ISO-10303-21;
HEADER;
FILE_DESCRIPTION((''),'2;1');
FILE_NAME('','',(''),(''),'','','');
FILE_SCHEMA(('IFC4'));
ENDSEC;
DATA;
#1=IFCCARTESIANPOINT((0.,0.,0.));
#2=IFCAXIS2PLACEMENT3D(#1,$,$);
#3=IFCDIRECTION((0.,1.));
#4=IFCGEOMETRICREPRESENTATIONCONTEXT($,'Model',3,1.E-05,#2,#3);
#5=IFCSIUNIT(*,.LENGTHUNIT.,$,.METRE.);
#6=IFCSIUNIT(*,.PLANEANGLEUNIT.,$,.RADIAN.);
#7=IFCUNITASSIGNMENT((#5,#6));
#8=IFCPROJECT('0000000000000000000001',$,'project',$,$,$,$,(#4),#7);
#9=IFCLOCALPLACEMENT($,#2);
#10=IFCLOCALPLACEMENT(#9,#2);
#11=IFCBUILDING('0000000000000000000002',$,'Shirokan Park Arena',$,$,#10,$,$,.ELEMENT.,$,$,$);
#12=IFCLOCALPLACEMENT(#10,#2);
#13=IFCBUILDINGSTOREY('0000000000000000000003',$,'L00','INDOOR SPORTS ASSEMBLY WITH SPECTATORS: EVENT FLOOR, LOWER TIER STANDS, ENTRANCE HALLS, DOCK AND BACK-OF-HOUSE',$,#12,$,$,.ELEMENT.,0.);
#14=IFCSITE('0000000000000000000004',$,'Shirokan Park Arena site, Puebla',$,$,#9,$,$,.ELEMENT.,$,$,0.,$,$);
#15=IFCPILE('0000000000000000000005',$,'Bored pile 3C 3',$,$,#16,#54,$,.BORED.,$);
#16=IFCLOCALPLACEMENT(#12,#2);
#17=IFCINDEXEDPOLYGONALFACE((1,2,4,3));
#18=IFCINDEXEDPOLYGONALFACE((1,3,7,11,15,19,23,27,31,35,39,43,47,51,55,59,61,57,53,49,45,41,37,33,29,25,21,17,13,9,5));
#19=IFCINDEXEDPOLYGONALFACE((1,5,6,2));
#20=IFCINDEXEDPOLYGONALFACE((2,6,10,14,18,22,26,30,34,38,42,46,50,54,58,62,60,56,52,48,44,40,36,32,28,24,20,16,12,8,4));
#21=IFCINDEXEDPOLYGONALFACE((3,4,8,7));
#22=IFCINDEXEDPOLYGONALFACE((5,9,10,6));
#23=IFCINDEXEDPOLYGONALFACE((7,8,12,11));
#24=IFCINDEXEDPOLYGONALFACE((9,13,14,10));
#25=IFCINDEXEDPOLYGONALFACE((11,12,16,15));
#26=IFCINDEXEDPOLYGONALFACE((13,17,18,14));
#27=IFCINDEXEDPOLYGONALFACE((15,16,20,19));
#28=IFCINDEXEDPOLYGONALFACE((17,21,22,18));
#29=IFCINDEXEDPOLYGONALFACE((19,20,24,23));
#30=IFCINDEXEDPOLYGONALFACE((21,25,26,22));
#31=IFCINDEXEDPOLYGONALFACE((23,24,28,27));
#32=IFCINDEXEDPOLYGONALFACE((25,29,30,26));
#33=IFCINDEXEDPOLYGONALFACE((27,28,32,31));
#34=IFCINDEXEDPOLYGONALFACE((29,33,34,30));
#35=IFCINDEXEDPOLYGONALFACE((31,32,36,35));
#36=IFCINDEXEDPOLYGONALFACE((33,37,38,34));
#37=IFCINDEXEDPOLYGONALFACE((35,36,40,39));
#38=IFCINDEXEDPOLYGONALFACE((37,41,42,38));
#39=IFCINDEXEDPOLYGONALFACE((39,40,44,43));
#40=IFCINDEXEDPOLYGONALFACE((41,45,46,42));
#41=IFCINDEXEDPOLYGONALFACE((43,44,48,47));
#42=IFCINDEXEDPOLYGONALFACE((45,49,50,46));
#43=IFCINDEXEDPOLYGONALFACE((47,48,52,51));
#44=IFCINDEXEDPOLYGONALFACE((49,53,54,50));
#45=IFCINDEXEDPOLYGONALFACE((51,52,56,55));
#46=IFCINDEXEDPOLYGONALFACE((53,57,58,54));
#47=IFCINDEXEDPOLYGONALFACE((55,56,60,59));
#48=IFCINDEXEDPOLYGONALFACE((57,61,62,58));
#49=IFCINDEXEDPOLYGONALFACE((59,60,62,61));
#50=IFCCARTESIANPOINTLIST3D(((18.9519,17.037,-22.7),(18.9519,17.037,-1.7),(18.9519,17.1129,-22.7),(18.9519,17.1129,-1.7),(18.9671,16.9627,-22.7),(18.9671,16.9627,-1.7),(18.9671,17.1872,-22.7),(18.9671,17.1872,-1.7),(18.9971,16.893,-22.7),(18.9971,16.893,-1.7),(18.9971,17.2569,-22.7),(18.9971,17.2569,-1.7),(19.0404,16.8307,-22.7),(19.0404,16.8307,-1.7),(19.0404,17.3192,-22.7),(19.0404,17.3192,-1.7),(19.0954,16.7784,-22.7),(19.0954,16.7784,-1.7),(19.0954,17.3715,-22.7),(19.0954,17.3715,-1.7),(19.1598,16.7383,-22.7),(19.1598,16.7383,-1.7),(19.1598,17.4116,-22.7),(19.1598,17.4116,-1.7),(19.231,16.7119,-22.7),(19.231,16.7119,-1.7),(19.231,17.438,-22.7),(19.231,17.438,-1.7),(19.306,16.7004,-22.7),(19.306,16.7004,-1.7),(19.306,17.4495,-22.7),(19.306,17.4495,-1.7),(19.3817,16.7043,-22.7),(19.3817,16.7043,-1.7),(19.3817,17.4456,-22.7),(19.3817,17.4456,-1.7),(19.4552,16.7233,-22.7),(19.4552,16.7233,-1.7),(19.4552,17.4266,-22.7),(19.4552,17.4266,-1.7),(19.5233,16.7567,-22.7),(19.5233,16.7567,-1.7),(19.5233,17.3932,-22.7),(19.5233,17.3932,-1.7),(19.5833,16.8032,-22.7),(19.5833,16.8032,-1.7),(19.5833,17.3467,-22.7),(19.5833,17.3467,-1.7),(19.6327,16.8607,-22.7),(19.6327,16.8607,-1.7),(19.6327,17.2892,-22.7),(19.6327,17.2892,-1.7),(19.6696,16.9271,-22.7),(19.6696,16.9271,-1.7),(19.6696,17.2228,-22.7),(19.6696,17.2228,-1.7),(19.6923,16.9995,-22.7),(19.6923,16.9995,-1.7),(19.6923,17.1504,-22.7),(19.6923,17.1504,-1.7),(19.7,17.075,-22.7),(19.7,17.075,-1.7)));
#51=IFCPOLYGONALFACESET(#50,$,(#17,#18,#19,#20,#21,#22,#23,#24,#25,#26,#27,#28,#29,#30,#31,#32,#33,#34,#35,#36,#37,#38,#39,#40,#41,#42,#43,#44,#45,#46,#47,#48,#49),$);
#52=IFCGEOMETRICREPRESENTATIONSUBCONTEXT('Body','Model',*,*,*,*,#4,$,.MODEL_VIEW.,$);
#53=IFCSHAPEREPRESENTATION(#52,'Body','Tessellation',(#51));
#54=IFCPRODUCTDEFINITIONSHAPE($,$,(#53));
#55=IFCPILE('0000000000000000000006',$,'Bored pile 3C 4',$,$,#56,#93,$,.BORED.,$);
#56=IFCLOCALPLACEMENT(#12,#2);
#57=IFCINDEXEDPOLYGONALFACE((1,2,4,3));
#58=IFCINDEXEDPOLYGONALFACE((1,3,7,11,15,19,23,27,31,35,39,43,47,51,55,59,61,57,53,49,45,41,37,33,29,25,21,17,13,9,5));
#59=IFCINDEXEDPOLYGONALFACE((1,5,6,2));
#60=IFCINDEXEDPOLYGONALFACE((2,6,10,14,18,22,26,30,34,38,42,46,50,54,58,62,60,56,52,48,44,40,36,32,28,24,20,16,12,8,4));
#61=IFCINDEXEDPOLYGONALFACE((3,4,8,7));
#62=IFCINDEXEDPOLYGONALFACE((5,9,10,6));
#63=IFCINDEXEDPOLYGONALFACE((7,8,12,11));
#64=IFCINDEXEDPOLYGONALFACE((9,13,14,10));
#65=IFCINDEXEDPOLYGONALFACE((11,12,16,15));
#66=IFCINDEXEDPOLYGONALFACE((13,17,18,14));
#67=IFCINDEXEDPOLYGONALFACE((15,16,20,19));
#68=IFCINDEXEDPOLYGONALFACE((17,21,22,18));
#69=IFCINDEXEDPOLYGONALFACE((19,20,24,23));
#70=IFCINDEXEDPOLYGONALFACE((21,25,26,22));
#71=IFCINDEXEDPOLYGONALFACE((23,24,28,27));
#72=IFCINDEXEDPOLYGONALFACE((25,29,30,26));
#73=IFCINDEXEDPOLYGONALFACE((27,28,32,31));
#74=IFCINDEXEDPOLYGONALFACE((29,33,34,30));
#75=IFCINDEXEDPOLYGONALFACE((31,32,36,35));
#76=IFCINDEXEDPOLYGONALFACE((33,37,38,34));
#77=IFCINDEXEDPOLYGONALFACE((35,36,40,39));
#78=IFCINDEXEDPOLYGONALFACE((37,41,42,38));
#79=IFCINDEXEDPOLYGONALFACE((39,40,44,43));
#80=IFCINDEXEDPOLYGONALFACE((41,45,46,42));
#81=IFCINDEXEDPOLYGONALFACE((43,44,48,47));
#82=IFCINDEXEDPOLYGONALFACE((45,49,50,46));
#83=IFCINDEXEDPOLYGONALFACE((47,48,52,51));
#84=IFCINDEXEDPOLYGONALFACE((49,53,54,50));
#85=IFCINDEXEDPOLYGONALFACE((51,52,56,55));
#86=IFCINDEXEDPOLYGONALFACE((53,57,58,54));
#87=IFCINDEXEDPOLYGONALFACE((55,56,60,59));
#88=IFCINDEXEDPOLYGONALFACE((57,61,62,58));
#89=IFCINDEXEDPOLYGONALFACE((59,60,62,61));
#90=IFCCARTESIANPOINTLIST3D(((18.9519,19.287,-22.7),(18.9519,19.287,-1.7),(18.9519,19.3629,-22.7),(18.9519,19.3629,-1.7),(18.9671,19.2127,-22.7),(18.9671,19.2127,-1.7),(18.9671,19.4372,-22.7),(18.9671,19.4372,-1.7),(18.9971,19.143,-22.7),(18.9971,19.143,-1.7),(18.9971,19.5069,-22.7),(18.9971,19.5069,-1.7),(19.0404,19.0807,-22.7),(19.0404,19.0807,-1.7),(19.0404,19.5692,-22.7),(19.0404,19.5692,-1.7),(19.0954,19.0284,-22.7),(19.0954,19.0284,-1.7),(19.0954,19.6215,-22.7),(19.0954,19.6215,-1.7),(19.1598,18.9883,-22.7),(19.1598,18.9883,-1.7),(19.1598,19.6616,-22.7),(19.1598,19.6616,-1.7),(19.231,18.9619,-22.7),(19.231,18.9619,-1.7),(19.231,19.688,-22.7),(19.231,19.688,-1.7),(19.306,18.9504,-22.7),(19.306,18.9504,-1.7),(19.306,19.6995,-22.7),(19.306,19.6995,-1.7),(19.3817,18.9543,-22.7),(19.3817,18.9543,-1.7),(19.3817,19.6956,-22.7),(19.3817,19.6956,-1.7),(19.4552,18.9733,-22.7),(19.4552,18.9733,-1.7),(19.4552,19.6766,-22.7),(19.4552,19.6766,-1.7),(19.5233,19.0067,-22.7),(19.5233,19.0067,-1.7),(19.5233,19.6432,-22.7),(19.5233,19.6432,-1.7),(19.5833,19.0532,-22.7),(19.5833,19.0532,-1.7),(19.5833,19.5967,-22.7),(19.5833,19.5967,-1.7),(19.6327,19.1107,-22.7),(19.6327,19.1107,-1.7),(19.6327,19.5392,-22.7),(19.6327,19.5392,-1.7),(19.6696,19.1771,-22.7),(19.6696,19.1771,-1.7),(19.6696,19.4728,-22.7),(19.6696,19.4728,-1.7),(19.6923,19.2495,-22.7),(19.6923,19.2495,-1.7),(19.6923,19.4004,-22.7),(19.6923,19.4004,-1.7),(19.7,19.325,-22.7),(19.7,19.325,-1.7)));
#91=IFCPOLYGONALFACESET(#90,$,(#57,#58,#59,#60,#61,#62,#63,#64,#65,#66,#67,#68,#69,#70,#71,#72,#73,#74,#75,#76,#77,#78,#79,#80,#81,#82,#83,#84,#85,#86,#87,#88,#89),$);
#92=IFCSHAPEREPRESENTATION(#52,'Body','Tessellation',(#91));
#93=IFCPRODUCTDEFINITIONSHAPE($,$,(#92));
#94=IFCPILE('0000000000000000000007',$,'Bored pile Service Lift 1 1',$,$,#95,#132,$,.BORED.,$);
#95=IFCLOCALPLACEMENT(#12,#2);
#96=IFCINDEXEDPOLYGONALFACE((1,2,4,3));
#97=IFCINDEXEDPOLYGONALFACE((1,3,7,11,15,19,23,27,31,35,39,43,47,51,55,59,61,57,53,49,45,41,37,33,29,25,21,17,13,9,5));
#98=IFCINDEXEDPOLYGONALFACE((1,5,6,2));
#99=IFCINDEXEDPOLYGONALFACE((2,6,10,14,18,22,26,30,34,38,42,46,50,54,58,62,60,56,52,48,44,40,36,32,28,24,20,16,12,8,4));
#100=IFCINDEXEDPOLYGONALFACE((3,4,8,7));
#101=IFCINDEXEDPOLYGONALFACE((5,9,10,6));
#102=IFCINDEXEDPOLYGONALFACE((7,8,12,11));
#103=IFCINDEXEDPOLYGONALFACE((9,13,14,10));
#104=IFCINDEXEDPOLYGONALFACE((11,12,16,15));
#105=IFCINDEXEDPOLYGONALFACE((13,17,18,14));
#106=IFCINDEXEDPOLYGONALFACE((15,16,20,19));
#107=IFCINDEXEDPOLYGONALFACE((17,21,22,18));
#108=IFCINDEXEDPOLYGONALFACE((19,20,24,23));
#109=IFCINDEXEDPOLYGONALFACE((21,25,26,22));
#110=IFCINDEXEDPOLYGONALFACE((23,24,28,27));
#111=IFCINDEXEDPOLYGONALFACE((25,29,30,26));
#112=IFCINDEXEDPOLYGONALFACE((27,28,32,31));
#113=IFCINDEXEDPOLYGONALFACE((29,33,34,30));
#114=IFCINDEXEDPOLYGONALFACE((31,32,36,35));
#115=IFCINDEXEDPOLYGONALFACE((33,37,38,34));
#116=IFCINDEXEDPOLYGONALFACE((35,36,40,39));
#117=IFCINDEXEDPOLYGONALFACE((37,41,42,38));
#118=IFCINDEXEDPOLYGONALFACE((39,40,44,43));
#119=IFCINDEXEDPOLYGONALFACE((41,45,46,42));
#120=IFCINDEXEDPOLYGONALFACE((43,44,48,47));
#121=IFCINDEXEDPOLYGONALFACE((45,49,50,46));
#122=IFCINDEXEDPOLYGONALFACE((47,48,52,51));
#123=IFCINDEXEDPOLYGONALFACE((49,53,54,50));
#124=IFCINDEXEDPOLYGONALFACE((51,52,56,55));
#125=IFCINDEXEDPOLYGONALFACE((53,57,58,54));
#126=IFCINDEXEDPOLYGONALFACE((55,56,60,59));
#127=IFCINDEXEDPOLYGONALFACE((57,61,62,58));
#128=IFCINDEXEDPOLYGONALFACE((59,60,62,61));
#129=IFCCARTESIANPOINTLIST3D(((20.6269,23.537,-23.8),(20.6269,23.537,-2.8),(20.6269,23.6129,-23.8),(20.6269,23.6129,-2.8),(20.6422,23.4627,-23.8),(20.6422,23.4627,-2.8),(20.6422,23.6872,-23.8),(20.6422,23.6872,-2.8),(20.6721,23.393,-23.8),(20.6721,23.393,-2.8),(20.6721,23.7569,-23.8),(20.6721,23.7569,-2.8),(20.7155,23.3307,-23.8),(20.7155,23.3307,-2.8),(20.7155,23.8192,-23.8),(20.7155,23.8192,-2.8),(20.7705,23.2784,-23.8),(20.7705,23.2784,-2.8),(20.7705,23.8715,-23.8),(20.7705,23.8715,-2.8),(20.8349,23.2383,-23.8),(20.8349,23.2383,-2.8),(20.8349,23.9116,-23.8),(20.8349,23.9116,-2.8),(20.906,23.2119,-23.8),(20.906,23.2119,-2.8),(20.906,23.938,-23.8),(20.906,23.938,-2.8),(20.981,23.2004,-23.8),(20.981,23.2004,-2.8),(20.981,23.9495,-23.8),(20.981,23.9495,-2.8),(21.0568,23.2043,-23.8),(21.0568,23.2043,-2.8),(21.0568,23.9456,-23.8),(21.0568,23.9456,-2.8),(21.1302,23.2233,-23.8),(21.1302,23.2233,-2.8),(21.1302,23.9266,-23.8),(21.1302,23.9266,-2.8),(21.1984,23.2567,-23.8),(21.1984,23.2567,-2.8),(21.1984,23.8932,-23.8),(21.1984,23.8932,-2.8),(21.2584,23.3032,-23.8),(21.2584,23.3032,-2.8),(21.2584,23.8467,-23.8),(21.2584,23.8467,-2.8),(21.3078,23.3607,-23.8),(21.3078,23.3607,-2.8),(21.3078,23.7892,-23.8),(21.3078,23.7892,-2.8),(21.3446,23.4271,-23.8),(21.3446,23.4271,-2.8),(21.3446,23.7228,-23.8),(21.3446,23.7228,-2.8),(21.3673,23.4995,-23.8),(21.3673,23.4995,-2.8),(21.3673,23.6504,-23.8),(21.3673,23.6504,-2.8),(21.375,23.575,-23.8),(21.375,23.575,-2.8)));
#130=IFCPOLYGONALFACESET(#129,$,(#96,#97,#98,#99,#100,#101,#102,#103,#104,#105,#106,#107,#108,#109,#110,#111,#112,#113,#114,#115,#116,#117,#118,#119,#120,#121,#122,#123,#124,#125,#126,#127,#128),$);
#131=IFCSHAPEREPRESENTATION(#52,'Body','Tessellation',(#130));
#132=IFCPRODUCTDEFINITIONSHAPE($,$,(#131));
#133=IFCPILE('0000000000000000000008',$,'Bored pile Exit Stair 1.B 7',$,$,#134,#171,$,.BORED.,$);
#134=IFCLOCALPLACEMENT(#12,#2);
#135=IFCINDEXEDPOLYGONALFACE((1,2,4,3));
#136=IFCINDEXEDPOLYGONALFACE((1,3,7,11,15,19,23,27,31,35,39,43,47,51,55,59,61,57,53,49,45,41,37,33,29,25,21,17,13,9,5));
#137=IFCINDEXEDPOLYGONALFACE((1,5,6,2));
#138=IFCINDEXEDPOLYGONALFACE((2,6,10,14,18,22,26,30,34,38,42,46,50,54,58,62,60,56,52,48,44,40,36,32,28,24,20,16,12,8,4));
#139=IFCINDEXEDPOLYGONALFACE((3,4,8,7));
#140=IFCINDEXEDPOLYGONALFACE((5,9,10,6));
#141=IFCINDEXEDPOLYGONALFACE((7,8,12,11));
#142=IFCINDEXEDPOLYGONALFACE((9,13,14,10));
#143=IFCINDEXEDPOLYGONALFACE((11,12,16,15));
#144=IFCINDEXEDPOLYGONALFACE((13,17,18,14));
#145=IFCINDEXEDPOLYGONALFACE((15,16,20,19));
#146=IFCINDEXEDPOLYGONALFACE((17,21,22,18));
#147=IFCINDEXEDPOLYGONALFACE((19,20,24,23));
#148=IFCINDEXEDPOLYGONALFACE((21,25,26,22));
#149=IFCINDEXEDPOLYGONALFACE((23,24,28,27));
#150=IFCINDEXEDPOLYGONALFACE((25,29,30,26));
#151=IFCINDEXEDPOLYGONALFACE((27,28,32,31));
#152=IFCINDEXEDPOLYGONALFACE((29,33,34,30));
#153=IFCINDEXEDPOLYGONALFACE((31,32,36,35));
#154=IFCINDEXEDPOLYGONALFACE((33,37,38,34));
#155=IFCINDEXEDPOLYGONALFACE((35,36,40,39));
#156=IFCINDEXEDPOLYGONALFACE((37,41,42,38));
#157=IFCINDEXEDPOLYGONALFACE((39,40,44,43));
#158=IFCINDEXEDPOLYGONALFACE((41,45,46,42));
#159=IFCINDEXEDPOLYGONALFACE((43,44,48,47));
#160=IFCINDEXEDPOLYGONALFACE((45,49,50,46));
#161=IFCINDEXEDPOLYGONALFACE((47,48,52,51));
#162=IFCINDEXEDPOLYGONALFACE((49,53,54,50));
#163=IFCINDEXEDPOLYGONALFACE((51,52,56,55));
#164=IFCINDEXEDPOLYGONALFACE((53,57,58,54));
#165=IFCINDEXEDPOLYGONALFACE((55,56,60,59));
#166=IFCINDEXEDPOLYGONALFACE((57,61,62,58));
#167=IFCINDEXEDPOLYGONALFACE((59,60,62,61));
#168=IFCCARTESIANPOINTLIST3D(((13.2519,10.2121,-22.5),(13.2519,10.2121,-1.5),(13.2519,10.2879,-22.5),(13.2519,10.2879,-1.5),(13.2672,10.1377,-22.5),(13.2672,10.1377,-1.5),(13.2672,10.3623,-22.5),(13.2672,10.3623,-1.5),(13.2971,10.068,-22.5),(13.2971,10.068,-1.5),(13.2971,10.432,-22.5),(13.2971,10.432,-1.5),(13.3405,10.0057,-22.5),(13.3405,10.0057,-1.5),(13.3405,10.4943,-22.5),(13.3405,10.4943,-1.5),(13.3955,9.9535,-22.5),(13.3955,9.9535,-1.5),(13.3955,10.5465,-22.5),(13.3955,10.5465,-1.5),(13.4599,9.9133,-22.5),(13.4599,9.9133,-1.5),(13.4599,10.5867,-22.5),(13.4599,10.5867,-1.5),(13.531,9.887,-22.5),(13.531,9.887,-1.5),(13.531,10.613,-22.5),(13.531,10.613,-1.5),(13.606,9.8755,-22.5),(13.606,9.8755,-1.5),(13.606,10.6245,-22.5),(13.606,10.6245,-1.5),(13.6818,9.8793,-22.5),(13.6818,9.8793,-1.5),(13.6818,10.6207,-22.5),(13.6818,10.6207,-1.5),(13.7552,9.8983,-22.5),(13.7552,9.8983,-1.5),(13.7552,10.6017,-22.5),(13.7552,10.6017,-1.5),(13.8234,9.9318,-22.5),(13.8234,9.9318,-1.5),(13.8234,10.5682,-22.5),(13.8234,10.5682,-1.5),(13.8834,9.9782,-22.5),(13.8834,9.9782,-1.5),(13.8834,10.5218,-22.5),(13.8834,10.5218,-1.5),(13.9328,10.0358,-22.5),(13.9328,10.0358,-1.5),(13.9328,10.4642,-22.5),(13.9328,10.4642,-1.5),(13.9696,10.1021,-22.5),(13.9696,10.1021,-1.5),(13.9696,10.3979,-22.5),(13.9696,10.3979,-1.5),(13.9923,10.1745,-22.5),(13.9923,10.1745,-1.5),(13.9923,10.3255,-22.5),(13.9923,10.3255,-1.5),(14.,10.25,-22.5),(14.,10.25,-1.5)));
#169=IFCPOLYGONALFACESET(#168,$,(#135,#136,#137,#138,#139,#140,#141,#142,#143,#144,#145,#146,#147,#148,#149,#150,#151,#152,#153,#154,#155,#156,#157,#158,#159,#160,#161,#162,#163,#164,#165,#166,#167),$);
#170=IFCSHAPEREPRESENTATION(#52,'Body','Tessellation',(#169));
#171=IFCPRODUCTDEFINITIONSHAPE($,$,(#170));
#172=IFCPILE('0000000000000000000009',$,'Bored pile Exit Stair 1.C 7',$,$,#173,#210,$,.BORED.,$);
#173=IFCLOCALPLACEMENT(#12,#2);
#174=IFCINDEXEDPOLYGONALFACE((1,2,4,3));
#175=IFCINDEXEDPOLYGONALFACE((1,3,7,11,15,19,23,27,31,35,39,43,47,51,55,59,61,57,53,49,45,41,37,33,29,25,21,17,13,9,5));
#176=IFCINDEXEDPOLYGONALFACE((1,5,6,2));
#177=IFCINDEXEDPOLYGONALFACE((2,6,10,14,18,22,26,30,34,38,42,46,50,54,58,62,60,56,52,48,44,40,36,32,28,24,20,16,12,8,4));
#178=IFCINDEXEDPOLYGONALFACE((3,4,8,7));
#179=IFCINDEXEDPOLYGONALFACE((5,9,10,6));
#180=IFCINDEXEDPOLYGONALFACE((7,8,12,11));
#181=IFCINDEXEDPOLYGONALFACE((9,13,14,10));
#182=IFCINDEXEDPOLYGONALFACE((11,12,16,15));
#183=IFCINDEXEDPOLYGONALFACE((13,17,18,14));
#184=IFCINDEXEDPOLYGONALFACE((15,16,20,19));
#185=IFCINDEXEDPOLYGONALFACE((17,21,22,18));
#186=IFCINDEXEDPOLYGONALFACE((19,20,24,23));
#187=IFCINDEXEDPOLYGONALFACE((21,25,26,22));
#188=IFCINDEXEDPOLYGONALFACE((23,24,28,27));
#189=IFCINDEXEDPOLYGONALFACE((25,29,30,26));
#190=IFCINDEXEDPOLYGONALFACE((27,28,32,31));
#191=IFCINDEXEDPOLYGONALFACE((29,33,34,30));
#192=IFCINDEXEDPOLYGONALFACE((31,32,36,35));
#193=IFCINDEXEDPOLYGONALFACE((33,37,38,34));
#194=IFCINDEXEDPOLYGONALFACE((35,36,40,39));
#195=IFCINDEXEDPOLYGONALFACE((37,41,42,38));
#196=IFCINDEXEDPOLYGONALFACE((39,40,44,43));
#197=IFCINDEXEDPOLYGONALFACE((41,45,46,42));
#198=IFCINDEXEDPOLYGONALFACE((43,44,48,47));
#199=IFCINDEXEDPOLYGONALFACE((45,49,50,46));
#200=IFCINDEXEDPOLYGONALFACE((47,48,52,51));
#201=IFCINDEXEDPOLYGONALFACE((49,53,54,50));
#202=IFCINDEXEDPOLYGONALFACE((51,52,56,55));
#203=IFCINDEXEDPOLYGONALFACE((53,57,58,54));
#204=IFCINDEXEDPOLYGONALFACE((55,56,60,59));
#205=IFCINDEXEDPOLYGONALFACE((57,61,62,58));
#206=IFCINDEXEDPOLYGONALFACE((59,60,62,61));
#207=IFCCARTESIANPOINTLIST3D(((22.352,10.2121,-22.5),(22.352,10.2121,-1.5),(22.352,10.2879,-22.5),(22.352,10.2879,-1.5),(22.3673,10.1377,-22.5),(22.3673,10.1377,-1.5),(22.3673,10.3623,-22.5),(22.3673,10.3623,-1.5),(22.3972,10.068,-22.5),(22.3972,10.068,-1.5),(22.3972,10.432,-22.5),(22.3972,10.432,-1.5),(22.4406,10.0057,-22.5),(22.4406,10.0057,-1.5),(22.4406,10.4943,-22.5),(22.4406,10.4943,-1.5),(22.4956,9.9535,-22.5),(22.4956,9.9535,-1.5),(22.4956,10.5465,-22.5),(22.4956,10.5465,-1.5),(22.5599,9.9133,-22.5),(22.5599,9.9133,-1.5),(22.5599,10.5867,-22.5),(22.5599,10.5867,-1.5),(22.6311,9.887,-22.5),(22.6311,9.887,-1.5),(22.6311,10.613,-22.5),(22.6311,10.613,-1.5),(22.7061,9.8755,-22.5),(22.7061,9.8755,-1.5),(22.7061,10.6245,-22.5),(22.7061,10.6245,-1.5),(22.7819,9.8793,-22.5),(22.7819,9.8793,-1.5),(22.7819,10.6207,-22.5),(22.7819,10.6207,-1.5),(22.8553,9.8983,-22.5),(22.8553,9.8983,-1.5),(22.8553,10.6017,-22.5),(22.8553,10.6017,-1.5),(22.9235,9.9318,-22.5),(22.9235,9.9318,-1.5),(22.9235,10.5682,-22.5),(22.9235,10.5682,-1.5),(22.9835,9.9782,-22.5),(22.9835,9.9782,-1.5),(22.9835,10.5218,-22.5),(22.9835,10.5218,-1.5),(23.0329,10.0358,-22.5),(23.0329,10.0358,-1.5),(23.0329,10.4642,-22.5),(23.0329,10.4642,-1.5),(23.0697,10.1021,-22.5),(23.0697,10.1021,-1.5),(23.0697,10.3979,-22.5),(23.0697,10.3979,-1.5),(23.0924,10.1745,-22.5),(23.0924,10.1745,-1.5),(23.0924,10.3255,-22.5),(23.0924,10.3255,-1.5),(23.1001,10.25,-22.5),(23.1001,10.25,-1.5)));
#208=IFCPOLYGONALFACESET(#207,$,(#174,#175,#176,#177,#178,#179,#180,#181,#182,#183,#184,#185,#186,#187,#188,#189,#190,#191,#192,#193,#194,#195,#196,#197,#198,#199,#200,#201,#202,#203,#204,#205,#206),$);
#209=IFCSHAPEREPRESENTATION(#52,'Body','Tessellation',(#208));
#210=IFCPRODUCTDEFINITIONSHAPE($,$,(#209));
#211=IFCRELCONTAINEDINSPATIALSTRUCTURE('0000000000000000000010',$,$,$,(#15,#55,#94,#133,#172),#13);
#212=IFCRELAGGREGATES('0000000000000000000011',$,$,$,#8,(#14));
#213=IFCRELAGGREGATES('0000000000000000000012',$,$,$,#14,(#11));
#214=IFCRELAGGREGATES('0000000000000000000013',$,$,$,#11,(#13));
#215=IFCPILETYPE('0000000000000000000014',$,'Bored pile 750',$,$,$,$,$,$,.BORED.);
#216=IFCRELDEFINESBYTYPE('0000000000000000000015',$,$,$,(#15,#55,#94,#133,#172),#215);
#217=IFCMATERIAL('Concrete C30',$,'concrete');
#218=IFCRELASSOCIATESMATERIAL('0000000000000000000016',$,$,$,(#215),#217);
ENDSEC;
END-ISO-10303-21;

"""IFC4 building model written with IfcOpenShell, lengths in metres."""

from ifc_helpers import new_model, si_unit, direction, frame, origin, origin_2d, place, context, subcontext, project, spatial, circle, extrude, material, material_profile, profile_set, type_object, element, save


model = new_model("IFC4")

# Units and contexts
model_context = context("Model", 3, precision=1e-05, world=origin(), true_north=direction((0.0, 1.0)))
body_context = subcontext(model_context, "Body", "Model", "MODEL_VIEW")
ifc_project = project(units=[si_unit("LENGTHUNIT", "METRE"), si_unit("PLANEANGLEUNIT", "RADIAN")], contexts=[model_context])

# Site, building, storey
site_placement = place(None, origin())
site = spatial("IfcSite", under=ifc_project, at=site_placement, Name="Shirokan Park Arena site, Puebla", CompositionType="ELEMENT", RefElevation=0.0)
building_placement = place(site_placement, origin())
building = spatial("IfcBuilding", under=site, at=building_placement, Name="Shirokan Park Arena", CompositionType="ELEMENT")
storey_placement = place(building_placement, origin())
storey = spatial("IfcBuildingStorey", under=building, at=storey_placement, Name="L00", Description="INDOOR SPORTS ASSEMBLY WITH SPECTATORS: EVENT FLOOR, LOWER TIER STANDS, ENTRANCE HALLS, DOCK AND BACK-OF-HOUSE", CompositionType="ELEMENT", Elevation=0.0)

# Piles
ifc_material_1 = material(Name="Concrete C30", Category="concrete")
ifc_material_profile_1 = material_profile(ifc_material_1, circle(Radius=0.375, at=origin_2d()), Name="D750")
ifc_profile_set_1 = profile_set([ifc_material_profile_1], Name="Concrete C30")
pile_type = type_object("IfcPileType", Name="Bored pile 750", PredefinedType="BORED", material=ifc_profile_set_1)
for number, where, z_axis, x_axis, name in (
    (1, (19.325, 17.075, -1.7), (0.0, 0.0, -1.0), (1.0, 0.0, 0.0), "Bored pile 3C 3"),
    (2, (19.325, 19.325, -1.7), (0.0, 0.0, -1.0), (1.0, 0.0, 0.0), "Bored pile 3C 4"),
    (3, (21.0, 23.575, -2.8), (0.0, 0.0, -1.0), (1.0, 0.0, 0.0), "Bored pile Service Lift 1 1"),
    (4, (13.625, 10.25, -1.5), (0.0, 0.0, -1.0), (1.0, 0.0, 0.0), "Bored pile Exit Stair 1.B 7"),
    (5, (22.7251, 10.25, -1.5), (0.0, 0.0, -1.0), (1.0, 0.0, 0.0), "Bored pile Exit Stair 1.C 7"),
):
    element("IfcPile", number, at=place(storey_placement, frame(where, z_axis=z_axis, x_axis=x_axis)), inside=storey, type_object=pile_type, Name=name, PredefinedType="BORED", context=body_context, shape_type="SweptSolid", body=[
        extrude(circle(Radius=0.375, at=origin_2d()), origin(), (0.0, 0.0, 1.0), 21.0),
    ])

save(model, "model.ifc")
